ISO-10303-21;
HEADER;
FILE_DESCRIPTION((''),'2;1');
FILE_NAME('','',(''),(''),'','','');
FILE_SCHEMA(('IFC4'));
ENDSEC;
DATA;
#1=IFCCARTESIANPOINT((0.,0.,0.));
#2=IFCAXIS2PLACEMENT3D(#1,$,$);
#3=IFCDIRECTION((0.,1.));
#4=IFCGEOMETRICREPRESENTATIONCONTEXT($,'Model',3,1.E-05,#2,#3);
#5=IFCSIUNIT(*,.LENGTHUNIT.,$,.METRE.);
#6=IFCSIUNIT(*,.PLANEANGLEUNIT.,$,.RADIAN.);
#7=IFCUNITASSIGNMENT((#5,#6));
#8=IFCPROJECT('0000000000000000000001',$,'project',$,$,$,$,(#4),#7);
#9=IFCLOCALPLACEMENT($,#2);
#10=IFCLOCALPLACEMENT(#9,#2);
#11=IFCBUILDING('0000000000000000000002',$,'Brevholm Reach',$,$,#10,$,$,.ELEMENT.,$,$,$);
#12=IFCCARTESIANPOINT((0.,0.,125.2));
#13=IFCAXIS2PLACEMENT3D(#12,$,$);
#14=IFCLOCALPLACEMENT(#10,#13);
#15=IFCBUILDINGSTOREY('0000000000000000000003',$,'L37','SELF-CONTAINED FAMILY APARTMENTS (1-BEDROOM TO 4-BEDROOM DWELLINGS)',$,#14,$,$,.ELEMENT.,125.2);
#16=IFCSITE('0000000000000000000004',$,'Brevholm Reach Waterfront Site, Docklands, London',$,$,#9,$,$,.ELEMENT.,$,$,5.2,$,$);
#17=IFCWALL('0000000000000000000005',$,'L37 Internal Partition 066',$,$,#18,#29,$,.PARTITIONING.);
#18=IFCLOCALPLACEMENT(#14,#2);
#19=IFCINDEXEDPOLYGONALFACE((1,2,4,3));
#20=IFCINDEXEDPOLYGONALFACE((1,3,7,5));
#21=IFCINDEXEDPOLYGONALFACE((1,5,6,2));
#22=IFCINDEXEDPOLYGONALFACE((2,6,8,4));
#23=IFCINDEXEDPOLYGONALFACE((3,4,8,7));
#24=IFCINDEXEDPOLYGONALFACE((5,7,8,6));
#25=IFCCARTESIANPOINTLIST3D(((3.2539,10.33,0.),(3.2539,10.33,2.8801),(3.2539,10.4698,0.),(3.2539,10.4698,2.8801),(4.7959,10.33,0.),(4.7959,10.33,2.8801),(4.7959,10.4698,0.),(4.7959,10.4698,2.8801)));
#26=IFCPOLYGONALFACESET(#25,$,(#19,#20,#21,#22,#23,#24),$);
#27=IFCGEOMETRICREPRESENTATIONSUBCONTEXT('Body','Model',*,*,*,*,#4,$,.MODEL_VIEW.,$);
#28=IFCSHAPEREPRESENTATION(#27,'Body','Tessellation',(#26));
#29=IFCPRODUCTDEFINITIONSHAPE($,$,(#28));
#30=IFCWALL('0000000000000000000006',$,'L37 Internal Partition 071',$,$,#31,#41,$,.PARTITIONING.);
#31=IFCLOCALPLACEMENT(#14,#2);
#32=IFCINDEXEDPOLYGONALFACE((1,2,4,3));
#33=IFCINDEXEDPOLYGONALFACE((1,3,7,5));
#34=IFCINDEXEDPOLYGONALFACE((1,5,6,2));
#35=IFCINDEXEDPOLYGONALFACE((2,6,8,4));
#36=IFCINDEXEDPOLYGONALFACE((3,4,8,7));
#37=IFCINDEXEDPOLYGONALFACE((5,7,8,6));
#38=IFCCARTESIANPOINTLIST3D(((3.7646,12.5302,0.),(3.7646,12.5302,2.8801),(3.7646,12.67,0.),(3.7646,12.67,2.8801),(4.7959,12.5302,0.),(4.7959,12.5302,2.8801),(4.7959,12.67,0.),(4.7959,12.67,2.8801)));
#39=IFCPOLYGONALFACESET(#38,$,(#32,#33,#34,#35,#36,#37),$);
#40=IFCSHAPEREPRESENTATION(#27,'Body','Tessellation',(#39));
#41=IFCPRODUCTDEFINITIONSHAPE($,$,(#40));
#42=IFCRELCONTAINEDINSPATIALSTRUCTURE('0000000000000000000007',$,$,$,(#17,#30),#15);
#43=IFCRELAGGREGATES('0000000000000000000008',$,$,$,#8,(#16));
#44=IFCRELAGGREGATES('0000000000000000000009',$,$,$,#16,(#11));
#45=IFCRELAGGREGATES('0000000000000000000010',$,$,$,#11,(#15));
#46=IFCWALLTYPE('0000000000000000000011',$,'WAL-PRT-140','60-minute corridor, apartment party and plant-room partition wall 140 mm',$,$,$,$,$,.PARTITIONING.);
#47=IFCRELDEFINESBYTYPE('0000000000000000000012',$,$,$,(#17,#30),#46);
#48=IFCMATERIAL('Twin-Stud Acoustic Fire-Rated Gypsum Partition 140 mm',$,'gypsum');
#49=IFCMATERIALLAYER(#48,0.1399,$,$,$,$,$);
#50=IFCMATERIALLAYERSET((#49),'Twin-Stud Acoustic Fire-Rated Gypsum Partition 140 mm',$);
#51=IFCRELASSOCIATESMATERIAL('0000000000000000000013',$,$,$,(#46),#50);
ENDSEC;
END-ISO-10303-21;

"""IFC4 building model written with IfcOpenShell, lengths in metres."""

from ifc_helpers import new_model, si_unit, direction, frame, frame_2d, origin, place, context, subcontext, project, spatial, rectangle, extrude, material, layer, layer_set, type_object, element, save


model = new_model("IFC4")

# Units and contexts
model_context = context("Model", 3, precision=1e-05, world=origin(), true_north=direction((0.0, 1.0)))
body_context = subcontext(model_context, "Body", "Model", "MODEL_VIEW")
ifc_project = project(units=[si_unit("LENGTHUNIT", "METRE"), si_unit("PLANEANGLEUNIT", "RADIAN")], contexts=[model_context])

# Site, building, storey
site_placement = place(None, origin())
site = spatial("IfcSite", under=ifc_project, at=site_placement, Name="Brevholm Reach Waterfront Site, Docklands, London", CompositionType="ELEMENT", RefElevation=5.2)
building_placement = place(site_placement, origin())
building = spatial("IfcBuilding", under=site, at=building_placement, Name="Brevholm Reach", CompositionType="ELEMENT")
storey_placement = place(building_placement, frame((0.0, 0.0, 125.2)))
storey = spatial("IfcBuildingStorey", under=building, at=storey_placement, Name="L37", Description="SELF-CONTAINED FAMILY APARTMENTS (1-BEDROOM TO 4-BEDROOM DWELLINGS)", CompositionType="ELEMENT", Elevation=125.2)

# Shared definitions
ifc_material_1 = material(Name="Twin-Stud Acoustic Fire-Rated Gypsum Partition 140 mm", Category="gypsum")
ifc_layer_1 = layer(ifc_material_1, 0.1399)
ifc_layer_set_1 = layer_set([ifc_layer_1], Name="Twin-Stud Acoustic Fire-Rated Gypsum Partition 140 mm")
wall_type_1 = type_object("IfcWallType", Name="WAL-PRT-140", Description="60-minute corridor, apartment party and plant-room partition wall 140 mm", PredefinedType="PARTITIONING", material=ifc_layer_set_1)

# Walls
wall_1_placement = place(storey_placement, frame((3.2539, 10.3999, 0.0), z_axis=(0.0, 0.0, 1.0), x_axis=(1.0, 0.0, 0.0)))
element("IfcWall", 1, at=wall_1_placement, inside=storey, type_object=wall_type_1, Name="L37 Internal Partition 066", PredefinedType="PARTITIONING", context=body_context, shape_type="SweptSolid", body=[
    extrude(rectangle(XDim=1.542, YDim=0.1399, at=frame_2d((0.771, 0.0))), origin(), (0.0, 0.0, 1.0), 2.8801),
])
wall_2_placement = place(storey_placement, frame((3.7646, 12.6001, 0.0), z_axis=(0.0, 0.0, 1.0), x_axis=(1.0, 0.0, 0.0)))
element("IfcWall", 2, at=wall_2_placement, inside=storey, type_object=wall_type_1, Name="L37 Internal Partition 071", PredefinedType="PARTITIONING", context=body_context, shape_type="SweptSolid", body=[
    extrude(rectangle(XDim=1.0312, YDim=0.1399, at=frame_2d((0.5156, 0.0))), origin(), (0.0, 0.0, 1.0), 2.8801),
])

save(model, "model.ifc")
